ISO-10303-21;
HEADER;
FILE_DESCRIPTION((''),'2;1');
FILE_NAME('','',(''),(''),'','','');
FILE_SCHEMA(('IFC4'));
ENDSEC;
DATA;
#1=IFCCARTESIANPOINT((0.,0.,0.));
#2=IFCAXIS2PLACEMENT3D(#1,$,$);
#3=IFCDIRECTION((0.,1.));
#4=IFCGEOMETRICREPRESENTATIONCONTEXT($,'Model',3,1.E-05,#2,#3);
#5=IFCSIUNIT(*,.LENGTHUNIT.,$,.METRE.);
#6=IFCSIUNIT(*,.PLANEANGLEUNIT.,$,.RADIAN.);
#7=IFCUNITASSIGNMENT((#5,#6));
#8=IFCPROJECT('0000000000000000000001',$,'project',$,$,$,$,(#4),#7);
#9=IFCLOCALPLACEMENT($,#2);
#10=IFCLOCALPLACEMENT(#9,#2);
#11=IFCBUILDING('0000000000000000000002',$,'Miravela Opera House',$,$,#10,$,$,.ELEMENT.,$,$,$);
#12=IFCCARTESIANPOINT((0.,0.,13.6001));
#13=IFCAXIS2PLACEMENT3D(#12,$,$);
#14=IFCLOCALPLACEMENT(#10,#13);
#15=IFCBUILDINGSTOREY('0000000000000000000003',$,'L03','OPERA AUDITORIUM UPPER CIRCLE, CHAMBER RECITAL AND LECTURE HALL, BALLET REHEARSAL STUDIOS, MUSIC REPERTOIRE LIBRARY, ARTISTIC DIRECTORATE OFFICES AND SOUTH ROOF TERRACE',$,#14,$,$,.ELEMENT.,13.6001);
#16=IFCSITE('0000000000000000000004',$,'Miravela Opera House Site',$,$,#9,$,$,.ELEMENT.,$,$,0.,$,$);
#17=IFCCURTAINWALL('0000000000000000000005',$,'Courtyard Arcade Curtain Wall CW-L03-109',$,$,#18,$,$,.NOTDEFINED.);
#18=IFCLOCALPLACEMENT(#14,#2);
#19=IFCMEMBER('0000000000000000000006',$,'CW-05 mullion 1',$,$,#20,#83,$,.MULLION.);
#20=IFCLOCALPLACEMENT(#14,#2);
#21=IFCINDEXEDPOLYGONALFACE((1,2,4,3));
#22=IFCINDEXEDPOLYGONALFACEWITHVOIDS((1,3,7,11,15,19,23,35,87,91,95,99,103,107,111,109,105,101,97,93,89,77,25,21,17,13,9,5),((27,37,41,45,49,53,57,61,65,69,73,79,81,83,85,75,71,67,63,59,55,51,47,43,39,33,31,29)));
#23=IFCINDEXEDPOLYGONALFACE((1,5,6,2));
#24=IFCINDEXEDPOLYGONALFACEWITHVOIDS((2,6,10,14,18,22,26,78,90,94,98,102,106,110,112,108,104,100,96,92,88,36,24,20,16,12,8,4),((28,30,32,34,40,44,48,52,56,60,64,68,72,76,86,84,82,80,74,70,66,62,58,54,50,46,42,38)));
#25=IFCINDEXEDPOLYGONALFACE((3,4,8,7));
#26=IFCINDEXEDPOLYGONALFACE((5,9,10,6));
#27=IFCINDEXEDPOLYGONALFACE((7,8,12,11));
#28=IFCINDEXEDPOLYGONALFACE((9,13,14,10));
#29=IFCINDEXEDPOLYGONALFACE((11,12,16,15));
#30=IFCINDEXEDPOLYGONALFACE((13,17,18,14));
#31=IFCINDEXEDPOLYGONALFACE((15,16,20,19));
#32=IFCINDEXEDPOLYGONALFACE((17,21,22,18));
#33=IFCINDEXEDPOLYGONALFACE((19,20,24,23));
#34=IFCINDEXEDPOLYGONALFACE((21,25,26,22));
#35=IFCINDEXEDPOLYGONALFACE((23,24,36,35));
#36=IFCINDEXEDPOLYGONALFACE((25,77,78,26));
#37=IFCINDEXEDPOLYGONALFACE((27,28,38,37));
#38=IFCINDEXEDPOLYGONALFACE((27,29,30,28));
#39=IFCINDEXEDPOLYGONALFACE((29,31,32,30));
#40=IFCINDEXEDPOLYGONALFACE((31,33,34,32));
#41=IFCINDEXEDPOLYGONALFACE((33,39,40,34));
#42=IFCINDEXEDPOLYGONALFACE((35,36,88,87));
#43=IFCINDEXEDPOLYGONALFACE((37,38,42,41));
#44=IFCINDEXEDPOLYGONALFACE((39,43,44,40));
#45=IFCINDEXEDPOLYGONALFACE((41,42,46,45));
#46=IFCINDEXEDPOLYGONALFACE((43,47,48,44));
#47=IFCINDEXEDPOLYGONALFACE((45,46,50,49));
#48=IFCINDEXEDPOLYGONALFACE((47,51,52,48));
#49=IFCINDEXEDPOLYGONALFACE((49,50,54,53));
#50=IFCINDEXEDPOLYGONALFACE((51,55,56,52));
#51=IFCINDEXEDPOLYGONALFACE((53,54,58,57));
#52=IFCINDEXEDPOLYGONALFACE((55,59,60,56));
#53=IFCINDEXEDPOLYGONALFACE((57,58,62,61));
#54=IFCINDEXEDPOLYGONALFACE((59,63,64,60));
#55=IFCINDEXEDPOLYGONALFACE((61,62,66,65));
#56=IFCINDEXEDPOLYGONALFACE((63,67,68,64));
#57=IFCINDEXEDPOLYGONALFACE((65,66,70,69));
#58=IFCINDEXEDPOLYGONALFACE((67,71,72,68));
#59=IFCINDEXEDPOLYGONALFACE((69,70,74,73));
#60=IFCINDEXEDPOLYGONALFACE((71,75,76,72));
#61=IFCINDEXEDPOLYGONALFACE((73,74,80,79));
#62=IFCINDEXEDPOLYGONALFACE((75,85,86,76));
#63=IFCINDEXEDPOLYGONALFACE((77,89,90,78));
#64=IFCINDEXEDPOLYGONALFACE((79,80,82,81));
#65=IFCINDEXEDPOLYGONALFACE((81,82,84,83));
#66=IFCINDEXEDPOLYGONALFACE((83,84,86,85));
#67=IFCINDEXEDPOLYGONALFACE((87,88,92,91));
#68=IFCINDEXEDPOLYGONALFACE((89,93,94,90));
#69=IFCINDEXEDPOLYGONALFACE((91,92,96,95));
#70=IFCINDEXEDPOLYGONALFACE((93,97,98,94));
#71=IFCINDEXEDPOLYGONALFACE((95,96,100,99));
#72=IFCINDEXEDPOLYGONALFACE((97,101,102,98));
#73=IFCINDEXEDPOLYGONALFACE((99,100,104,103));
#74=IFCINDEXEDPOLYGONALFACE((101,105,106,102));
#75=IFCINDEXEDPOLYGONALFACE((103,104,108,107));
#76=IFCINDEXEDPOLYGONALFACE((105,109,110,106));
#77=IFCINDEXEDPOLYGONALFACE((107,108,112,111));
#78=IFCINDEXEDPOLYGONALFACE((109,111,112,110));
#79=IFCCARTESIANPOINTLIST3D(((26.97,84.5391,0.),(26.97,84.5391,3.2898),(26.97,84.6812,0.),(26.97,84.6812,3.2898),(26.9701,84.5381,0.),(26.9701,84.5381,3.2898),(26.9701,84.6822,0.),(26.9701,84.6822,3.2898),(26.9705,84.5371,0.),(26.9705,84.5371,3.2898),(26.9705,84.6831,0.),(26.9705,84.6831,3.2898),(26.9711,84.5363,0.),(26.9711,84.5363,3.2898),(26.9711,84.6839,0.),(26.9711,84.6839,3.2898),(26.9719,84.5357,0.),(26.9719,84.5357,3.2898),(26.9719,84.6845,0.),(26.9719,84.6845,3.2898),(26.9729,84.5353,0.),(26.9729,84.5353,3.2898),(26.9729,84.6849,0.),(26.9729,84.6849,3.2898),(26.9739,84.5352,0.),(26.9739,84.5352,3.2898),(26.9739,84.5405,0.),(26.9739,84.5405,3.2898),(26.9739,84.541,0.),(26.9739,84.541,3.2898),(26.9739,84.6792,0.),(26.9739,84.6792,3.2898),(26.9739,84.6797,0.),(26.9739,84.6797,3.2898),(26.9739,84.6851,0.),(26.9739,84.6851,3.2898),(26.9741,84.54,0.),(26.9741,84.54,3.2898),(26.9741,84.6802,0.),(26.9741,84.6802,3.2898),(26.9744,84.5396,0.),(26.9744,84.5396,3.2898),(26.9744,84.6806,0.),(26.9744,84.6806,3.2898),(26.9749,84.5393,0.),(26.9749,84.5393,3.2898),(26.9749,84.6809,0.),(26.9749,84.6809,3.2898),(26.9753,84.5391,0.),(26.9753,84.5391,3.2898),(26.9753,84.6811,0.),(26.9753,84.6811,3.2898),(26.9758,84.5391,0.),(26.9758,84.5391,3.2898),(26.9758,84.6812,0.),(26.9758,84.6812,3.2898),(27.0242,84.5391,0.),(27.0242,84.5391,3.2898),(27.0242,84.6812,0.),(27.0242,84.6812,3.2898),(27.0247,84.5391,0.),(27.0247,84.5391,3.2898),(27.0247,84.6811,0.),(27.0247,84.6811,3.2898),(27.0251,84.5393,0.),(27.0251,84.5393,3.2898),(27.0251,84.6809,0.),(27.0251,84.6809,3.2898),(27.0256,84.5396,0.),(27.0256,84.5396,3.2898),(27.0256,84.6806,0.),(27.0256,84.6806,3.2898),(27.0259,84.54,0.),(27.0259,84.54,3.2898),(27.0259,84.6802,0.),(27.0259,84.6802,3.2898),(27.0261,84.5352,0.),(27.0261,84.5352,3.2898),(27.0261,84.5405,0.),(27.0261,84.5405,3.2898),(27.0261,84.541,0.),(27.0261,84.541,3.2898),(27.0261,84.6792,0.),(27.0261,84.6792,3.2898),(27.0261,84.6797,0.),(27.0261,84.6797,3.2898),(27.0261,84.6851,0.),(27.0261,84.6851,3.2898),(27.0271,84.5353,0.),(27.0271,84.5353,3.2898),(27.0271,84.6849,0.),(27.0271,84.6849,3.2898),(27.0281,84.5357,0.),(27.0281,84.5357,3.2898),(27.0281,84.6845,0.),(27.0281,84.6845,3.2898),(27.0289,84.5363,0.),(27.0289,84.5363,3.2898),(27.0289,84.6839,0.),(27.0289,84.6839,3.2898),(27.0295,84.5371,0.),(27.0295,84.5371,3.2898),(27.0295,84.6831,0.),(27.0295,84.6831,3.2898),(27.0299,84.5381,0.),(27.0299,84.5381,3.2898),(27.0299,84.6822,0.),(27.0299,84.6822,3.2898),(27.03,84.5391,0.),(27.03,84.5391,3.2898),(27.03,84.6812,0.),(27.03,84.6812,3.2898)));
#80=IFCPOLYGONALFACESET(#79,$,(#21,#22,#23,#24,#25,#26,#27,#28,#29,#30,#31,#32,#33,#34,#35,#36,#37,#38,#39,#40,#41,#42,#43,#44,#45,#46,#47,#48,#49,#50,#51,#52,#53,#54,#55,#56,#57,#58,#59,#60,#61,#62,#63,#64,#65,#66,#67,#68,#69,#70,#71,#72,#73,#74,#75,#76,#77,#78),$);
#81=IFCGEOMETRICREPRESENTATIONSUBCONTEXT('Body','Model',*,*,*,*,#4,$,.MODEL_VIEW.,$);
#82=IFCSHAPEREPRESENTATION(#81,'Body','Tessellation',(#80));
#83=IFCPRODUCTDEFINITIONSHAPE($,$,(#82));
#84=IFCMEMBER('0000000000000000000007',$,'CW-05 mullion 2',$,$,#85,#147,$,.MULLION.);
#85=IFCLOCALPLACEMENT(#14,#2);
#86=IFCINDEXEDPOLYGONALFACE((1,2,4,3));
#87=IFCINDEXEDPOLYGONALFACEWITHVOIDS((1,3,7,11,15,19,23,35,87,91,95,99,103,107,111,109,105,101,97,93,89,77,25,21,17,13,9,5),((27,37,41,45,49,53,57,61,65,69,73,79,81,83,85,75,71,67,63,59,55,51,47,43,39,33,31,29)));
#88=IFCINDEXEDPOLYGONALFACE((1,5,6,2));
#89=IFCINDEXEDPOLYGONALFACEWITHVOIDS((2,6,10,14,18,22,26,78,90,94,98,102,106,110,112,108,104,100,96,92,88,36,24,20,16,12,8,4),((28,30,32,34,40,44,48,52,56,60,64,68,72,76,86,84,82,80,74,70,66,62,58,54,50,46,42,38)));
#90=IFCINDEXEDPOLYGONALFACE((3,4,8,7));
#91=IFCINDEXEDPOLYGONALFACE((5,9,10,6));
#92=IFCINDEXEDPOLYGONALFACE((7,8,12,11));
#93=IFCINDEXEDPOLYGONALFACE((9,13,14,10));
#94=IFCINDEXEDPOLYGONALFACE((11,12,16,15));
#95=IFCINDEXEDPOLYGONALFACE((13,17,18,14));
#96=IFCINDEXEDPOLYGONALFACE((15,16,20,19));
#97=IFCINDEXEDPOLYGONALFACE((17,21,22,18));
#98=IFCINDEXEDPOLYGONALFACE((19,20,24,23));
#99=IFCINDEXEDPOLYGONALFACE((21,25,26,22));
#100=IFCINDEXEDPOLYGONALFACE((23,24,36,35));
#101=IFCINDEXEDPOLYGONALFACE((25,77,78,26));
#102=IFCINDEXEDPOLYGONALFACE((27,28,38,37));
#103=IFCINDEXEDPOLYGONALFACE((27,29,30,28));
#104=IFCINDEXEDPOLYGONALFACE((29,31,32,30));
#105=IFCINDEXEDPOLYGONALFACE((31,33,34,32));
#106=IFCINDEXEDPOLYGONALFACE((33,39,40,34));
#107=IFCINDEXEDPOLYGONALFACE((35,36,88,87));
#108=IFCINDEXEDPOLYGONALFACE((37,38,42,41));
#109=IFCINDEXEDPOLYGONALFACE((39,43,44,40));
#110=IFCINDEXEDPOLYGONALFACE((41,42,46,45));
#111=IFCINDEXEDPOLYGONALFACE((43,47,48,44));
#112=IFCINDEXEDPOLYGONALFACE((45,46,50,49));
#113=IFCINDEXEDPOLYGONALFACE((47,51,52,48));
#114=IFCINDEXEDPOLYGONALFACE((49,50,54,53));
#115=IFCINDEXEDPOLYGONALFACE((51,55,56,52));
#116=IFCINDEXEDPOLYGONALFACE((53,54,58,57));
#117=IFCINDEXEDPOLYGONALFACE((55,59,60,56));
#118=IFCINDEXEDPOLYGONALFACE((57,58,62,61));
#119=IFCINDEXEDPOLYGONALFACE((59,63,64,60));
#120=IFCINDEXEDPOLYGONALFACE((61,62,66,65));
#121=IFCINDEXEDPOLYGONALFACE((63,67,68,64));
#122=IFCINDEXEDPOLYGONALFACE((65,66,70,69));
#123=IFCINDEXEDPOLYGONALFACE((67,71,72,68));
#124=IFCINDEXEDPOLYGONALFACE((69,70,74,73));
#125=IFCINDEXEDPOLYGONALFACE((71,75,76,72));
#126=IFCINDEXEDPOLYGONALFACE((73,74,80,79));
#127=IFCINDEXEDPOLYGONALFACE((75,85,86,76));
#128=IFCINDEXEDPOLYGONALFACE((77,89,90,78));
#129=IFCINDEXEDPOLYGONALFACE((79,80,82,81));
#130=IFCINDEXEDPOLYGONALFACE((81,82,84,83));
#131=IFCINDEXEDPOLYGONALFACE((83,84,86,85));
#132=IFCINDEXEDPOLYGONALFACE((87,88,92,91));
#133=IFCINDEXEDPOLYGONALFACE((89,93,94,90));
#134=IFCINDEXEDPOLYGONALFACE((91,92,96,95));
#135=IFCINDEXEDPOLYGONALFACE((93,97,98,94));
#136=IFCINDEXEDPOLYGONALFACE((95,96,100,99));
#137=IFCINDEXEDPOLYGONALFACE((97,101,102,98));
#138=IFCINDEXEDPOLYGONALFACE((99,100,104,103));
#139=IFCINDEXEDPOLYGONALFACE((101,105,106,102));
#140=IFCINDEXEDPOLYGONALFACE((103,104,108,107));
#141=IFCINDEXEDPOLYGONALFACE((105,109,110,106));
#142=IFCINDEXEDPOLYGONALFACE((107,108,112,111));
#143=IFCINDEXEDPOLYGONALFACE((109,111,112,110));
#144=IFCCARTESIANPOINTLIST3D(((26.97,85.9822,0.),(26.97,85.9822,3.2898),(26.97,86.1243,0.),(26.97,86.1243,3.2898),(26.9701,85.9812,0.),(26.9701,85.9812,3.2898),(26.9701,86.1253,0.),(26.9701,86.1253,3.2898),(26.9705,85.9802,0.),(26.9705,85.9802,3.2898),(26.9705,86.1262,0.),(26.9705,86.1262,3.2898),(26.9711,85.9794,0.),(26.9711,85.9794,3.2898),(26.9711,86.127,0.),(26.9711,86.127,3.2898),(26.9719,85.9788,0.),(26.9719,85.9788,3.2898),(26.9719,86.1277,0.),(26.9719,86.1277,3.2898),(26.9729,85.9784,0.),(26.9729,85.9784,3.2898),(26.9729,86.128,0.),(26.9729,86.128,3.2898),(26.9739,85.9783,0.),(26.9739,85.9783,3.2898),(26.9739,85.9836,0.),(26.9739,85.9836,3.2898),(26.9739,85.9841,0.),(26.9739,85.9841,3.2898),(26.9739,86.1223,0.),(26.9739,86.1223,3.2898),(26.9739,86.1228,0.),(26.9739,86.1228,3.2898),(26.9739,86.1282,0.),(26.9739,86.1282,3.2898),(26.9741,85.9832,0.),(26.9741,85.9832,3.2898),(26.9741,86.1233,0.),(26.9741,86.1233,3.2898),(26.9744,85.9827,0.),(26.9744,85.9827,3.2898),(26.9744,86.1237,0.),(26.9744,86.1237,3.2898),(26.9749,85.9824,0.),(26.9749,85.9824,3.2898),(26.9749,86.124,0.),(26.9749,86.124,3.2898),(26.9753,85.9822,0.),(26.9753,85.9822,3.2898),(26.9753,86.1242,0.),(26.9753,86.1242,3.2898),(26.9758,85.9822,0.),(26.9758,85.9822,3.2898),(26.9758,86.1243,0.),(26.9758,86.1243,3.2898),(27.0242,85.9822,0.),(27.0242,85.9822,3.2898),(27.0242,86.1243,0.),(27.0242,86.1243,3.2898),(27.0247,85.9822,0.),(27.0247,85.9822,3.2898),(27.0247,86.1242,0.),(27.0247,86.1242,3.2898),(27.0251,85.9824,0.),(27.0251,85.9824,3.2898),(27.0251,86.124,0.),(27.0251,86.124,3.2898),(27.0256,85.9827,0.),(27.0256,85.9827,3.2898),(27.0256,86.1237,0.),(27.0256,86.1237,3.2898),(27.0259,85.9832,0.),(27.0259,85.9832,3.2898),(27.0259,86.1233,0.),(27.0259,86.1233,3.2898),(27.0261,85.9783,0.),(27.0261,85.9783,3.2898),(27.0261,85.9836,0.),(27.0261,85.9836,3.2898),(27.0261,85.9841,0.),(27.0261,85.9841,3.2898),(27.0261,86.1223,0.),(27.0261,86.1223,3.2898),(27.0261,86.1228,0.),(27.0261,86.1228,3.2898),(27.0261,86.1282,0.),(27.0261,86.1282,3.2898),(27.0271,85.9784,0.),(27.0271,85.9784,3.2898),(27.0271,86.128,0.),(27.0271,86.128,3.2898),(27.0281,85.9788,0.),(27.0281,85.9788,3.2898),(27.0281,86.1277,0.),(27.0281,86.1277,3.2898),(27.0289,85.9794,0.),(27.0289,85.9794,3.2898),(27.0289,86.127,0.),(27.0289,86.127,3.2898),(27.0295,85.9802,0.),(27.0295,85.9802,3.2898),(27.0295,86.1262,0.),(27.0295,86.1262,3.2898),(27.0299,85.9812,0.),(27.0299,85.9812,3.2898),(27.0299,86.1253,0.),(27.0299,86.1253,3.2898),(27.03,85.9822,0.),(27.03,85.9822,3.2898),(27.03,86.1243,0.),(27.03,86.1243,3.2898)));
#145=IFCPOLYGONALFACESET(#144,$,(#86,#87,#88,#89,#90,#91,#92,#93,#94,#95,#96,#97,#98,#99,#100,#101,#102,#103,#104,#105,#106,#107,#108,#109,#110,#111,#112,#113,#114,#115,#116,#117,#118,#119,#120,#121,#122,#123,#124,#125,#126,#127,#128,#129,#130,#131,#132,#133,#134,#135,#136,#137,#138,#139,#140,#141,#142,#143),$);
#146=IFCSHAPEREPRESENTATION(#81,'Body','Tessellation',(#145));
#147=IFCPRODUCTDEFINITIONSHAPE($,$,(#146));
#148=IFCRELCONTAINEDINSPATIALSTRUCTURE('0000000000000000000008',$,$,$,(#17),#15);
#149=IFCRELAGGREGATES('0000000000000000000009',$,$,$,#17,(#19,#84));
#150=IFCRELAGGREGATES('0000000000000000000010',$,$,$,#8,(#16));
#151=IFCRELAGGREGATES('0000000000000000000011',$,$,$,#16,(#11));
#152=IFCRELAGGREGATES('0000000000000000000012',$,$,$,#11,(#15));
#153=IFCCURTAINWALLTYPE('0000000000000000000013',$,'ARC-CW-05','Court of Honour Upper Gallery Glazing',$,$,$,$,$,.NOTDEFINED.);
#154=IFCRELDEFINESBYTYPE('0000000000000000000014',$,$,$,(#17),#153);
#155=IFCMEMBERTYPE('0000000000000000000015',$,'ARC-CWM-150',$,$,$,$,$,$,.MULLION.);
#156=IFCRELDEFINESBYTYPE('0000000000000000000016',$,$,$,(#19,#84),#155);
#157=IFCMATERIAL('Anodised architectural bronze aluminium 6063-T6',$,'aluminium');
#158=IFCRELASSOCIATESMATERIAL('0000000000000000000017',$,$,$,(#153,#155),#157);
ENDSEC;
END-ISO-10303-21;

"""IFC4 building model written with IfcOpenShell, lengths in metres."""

from ifc_helpers import new_model, si_unit, direction, frame, origin, origin_2d, place, context, subcontext, project, spatial, hollow_rectangle, extrude, material, material_profile, profile_set, type_object, element, aggregate, save


model = new_model("IFC4")

# Units and contexts
model_context = context("Model", 3, precision=1e-05, world=origin(), true_north=direction((0.0, 1.0)))
body_context = subcontext(model_context, "Body", "Model", "MODEL_VIEW")
ifc_project = project(units=[si_unit("LENGTHUNIT", "METRE"), si_unit("PLANEANGLEUNIT", "RADIAN")], contexts=[model_context])

# Site, building, storey
site_placement = place(None, origin())
site = spatial("IfcSite", under=ifc_project, at=site_placement, Name="Miravela Opera House Site", CompositionType="ELEMENT", RefElevation=0.0)
building_placement = place(site_placement, origin())
building = spatial("IfcBuilding", under=site, at=building_placement, Name="Miravela Opera House", CompositionType="ELEMENT")
storey_placement = place(building_placement, frame((0.0, 0.0, 13.6001)))
storey = spatial("IfcBuildingStorey", under=building, at=storey_placement, Name="L03", Description="OPERA AUDITORIUM UPPER CIRCLE, CHAMBER RECITAL AND LECTURE HALL, BALLET REHEARSAL STUDIOS, MUSIC REPERTOIRE LIBRARY, ARTISTIC DIRECTORATE OFFICES AND SOUTH ROOF TERRACE", CompositionType="ELEMENT", Elevation=13.6001)

# Curtain wall, members
ifc_material_1 = material(Name="Anodised architectural bronze aluminium 6063-T6", Category="aluminium")
curtain_wall_type = type_object("IfcCurtainWallType", Name="ARC-CW-05", Description="Court of Honour Upper Gallery Glazing", PredefinedType="NOTDEFINED", material=ifc_material_1)
curtain_wall_placement = place(storey_placement, origin())
curtain_wall = element("IfcCurtainWall", 1, at=curtain_wall_placement, inside=storey, type_object=curtain_wall_type, Name="Courtyard Arcade Curtain Wall CW-L03-109", PredefinedType="NOTDEFINED")
ifc_material_profile_1 = material_profile(ifc_material_1, hollow_rectangle(XDim=0.0601, YDim=0.1499, WallThickness=0.0039, InnerFilletRadius=0.002, OuterFilletRadius=0.0039, at=origin_2d()), Name="CWM-60X150")
ifc_profile_set_1 = profile_set([ifc_material_profile_1])
member_type_1 = type_object("IfcMemberType", Name="ARC-CWM-150", PredefinedType="MULLION", material=ifc_profile_set_1)
member_1_placement = place(storey_placement, frame((27.0, 84.6101, 0.0), z_axis=(0.0, 0.0, 1.0), x_axis=(-1.0, 0.0, 0.0)))
member_1 = element("IfcMember", 2, at=member_1_placement, type_object=member_type_1, Name="CW-05 mullion 1", PredefinedType="MULLION", context=body_context, shape_type="SweptSolid", body=[
    extrude(hollow_rectangle(XDim=0.0601, YDim=0.1499, WallThickness=0.0039, InnerFilletRadius=0.002, OuterFilletRadius=0.0039, at=origin_2d()), origin(), (0.0, 0.0, 1.0), 3.2898),
])
member_2_placement = place(storey_placement, frame((27.0, 86.0532, 0.0), z_axis=(0.0, 0.0, 1.0), x_axis=(-1.0, 0.0, 0.0)))
member_2 = element("IfcMember", 3, at=member_2_placement, type_object=member_type_1, Name="CW-05 mullion 2", PredefinedType="MULLION", context=body_context, shape_type="SweptSolid", body=[
    extrude(hollow_rectangle(XDim=0.0601, YDim=0.1499, WallThickness=0.0039, InnerFilletRadius=0.002, OuterFilletRadius=0.0039, at=origin_2d()), origin(), (0.0, 0.0, 1.0), 3.2898),
])

aggregate(curtain_wall, [member_1, member_2])

save(model, "model.ifc")
